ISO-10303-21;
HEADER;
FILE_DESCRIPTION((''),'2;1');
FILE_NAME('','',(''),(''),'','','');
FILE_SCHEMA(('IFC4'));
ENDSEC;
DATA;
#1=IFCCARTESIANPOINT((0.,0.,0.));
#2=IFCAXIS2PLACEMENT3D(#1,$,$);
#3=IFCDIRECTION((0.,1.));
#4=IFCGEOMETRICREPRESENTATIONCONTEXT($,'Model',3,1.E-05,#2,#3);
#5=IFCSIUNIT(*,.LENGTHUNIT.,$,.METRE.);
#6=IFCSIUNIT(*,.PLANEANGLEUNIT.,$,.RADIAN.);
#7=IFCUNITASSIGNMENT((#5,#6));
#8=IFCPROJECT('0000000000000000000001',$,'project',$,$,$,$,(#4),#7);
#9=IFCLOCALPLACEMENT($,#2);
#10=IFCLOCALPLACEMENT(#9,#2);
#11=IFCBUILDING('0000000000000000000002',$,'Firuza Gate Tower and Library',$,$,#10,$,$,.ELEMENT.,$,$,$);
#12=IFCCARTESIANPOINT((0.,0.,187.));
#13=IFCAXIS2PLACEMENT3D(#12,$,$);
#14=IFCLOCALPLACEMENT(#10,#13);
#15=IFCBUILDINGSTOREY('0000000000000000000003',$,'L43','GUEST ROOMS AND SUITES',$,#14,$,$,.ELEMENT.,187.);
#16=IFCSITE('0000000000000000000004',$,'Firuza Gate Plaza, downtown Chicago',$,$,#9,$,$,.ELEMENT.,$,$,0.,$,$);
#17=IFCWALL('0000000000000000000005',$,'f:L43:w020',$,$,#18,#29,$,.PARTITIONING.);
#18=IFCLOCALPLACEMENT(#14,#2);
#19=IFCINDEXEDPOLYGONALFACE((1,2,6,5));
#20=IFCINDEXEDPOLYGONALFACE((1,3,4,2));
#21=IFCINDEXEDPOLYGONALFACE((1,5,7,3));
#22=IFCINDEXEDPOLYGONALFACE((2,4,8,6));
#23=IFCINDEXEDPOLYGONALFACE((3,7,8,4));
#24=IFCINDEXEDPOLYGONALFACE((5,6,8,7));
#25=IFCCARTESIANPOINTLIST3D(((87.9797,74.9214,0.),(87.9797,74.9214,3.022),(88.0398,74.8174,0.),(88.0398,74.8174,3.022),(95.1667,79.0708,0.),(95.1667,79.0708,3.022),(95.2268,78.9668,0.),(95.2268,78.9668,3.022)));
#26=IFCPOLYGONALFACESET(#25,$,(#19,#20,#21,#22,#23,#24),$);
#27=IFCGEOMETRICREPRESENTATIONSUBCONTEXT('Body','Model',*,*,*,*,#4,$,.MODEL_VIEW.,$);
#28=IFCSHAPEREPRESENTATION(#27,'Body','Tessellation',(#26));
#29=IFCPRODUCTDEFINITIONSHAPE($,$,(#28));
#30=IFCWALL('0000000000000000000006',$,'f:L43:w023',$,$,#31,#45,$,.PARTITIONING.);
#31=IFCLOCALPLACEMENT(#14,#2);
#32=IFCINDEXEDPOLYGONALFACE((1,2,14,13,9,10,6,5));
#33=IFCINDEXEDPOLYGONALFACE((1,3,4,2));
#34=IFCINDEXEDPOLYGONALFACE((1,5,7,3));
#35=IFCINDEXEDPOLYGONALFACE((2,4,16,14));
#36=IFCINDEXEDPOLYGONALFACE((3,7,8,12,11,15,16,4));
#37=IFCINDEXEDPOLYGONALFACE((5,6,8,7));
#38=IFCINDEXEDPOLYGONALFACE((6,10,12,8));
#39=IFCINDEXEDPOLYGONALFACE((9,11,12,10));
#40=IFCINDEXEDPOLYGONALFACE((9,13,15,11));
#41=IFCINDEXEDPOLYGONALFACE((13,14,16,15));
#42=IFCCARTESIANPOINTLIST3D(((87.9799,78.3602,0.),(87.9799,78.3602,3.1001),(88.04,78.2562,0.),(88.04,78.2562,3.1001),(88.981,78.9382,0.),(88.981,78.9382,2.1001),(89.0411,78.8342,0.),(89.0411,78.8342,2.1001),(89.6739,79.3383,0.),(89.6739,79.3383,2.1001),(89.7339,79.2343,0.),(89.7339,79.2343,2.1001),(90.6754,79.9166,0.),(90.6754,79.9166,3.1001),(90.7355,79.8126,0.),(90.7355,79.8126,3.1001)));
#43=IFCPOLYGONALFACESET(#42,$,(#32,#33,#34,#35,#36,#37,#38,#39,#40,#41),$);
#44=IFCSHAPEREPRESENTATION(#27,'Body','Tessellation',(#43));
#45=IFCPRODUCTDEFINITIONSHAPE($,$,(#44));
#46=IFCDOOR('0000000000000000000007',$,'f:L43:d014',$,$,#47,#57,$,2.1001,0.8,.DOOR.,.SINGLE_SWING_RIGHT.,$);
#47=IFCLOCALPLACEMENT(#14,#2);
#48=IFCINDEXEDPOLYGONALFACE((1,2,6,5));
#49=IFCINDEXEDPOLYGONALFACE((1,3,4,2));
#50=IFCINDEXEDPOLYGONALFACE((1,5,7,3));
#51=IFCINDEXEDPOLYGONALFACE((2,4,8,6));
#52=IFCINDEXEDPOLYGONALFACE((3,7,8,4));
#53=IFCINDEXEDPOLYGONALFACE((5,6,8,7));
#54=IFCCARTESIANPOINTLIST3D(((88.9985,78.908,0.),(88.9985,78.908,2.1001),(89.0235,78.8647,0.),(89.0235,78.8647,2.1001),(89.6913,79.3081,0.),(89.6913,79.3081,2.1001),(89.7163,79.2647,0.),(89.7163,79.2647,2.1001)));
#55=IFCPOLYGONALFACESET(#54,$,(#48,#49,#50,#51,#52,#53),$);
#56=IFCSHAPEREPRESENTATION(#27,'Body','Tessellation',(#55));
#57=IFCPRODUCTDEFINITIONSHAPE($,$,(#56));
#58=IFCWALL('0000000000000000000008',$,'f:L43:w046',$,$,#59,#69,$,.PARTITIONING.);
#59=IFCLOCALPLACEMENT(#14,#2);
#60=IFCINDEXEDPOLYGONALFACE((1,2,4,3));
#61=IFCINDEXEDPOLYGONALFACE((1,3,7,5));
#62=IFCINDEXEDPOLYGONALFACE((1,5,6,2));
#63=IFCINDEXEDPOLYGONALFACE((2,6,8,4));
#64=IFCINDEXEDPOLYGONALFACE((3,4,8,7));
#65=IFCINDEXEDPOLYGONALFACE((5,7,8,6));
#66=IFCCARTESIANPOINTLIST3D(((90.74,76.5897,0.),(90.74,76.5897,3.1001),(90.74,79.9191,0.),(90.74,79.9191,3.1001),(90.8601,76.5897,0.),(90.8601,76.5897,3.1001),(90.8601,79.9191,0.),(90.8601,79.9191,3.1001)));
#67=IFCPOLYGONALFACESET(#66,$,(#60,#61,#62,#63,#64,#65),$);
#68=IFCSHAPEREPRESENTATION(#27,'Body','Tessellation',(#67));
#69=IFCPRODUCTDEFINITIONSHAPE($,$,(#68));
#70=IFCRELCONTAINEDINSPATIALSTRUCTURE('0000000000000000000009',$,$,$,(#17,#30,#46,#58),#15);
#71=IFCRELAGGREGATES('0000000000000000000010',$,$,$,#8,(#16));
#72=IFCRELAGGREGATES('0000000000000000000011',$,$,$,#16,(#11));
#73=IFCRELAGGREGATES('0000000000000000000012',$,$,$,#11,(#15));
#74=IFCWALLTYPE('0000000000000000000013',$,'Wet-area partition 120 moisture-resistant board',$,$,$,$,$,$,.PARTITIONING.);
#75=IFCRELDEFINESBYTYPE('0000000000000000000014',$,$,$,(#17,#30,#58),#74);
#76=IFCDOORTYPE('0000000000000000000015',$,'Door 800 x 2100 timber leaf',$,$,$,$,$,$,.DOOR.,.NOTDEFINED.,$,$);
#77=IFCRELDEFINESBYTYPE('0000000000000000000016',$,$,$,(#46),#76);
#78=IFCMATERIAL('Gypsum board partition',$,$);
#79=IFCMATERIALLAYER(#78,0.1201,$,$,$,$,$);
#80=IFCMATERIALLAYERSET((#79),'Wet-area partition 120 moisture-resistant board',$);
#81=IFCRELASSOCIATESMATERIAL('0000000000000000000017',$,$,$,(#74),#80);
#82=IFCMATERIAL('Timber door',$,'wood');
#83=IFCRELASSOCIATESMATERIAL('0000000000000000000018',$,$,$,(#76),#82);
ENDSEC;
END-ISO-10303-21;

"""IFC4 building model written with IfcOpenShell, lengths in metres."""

from ifc_helpers import new_model, si_unit, direction, frame, frame_2d, origin, place, context, subcontext, project, spatial, rectangle, extrude, material, layer, layer_set, type_object, element, fill, save


model = new_model("IFC4")

# Units and contexts
model_context = context("Model", 3, precision=1e-05, world=origin(), true_north=direction((0.0, 1.0)))
body_context = subcontext(model_context, "Body", "Model", "MODEL_VIEW")
ifc_project = project(units=[si_unit("LENGTHUNIT", "METRE"), si_unit("PLANEANGLEUNIT", "RADIAN")], contexts=[model_context])

# Site, building, storey
site_placement = place(None, origin())
site = spatial("IfcSite", under=ifc_project, at=site_placement, Name="Firuza Gate Plaza, downtown Chicago", CompositionType="ELEMENT", RefElevation=0.0)
building_placement = place(site_placement, origin())
building = spatial("IfcBuilding", under=site, at=building_placement, Name="Firuza Gate Tower and Library", CompositionType="ELEMENT")
storey_placement = place(building_placement, frame((0.0, 0.0, 187.0)))
storey = spatial("IfcBuildingStorey", under=building, at=storey_placement, Name="L43", Description="GUEST ROOMS AND SUITES", CompositionType="ELEMENT", Elevation=187.0)

# Wall
ifc_material_1 = material(Name="Gypsum board partition")
ifc_layer_1 = layer(ifc_material_1, 0.1201)
ifc_layer_set_1 = layer_set([ifc_layer_1], Name="Wet-area partition 120 moisture-resistant board")
wall_type_1 = type_object("IfcWallType", Name="Wet-area partition 120 moisture-resistant board", PredefinedType="PARTITIONING", material=ifc_layer_set_1)
wall_1_placement = place(storey_placement, frame((88.0098, 74.8694, 0.0), z_axis=(0.0, 0.0, 1.0), x_axis=(0.866026, 0.499999, 0.0)))
element("IfcWall", 1, at=wall_1_placement, inside=storey, type_object=wall_type_1, Name="f:L43:w020", PredefinedType="PARTITIONING", context=body_context, shape_type="SweptSolid", body=[
    extrude(rectangle(XDim=8.2988, YDim=0.1201, at=frame_2d((4.1494, 0.0))), origin(), (0.0, 0.0, 1.0), 3.022),
])

# Wall, opening, door
wall_2_placement = place(storey_placement, frame((90.7053, 79.8645, 0.0), z_axis=(0.0, 0.0, 1.0), x_axis=(-0.866009, -0.500028, 0.0)))
wall_2 = element("IfcWall", 2, at=wall_2_placement, inside=storey, type_object=wall_type_1, Name="f:L43:w023", PredefinedType="PARTITIONING", context=body_context, shape_type="SweptSolid", body=[
    extrude(rectangle(XDim=3.1125, YDim=0.1201, at=frame_2d((1.5562, 0.0))), origin(), (0.0, 0.0, 1.0), 3.1001),
])
opening_1_placement = place(wall_2_placement, frame((1.1565, 0.0, 0.0)))
opening_1 = element("IfcOpeningElement", 3, at=opening_1_placement, cuts=wall_2, PredefinedType="OPENING", context=body_context, shape_type="SweptSolid", body=[
    extrude(rectangle(XDim=0.8, YDim=2.1001, at=frame_2d((0.3999, 1.05))), frame((0.0, 0.0701, 0.0), z_axis=(0.0, -1.0, 0.0), x_axis=(1.0, 0.0, 0.0)), (0.0, 0.0, 1.0), 0.1401),
])
ifc_material_2 = material(Name="Timber door", Category="wood")
door_type_1 = type_object("IfcDoorType", Name="Door 800 x 2100 timber leaf", OperationType="NOTDEFINED", PredefinedType="DOOR", material=ifc_material_2)
door_1_placement = place(opening_1_placement, origin())
door_1 = element("IfcDoor", 4, at=door_1_placement, inside=storey, type_object=door_type_1, Name="f:L43:d014", OperationType="SINGLE_SWING_RIGHT", OverallHeight=2.1001, OverallWidth=0.8, PredefinedType="DOOR", context=body_context, shape_type="SweptSolid", body=[
    extrude(rectangle(XDim=0.8, YDim=2.1001, at=frame_2d((0.3999, 1.05))), frame((0.0, 0.0249, 0.0), z_axis=(0.0, -1.0, 0.0), x_axis=(1.0, 0.0, 0.0)), (0.0, 0.0, 1.0), 0.05),
])
fill(opening_1, door_1)

# Wall
wall_3_placement = place(storey_placement, frame((90.8, 76.5898, 0.0), z_axis=(0.0, 0.0, 1.0), x_axis=(0.0, 1.0, 0.0)))
element("IfcWall", 5, at=wall_3_placement, inside=storey, type_object=wall_type_1, Name="f:L43:w046", PredefinedType="PARTITIONING", context=body_context, shape_type="SweptSolid", body=[
    extrude(rectangle(XDim=3.3293, YDim=0.1201, at=frame_2d((1.6646, 0.0))), origin(), (0.0, 0.0, 1.0), 3.1001),
])

save(model, "model.ifc")
